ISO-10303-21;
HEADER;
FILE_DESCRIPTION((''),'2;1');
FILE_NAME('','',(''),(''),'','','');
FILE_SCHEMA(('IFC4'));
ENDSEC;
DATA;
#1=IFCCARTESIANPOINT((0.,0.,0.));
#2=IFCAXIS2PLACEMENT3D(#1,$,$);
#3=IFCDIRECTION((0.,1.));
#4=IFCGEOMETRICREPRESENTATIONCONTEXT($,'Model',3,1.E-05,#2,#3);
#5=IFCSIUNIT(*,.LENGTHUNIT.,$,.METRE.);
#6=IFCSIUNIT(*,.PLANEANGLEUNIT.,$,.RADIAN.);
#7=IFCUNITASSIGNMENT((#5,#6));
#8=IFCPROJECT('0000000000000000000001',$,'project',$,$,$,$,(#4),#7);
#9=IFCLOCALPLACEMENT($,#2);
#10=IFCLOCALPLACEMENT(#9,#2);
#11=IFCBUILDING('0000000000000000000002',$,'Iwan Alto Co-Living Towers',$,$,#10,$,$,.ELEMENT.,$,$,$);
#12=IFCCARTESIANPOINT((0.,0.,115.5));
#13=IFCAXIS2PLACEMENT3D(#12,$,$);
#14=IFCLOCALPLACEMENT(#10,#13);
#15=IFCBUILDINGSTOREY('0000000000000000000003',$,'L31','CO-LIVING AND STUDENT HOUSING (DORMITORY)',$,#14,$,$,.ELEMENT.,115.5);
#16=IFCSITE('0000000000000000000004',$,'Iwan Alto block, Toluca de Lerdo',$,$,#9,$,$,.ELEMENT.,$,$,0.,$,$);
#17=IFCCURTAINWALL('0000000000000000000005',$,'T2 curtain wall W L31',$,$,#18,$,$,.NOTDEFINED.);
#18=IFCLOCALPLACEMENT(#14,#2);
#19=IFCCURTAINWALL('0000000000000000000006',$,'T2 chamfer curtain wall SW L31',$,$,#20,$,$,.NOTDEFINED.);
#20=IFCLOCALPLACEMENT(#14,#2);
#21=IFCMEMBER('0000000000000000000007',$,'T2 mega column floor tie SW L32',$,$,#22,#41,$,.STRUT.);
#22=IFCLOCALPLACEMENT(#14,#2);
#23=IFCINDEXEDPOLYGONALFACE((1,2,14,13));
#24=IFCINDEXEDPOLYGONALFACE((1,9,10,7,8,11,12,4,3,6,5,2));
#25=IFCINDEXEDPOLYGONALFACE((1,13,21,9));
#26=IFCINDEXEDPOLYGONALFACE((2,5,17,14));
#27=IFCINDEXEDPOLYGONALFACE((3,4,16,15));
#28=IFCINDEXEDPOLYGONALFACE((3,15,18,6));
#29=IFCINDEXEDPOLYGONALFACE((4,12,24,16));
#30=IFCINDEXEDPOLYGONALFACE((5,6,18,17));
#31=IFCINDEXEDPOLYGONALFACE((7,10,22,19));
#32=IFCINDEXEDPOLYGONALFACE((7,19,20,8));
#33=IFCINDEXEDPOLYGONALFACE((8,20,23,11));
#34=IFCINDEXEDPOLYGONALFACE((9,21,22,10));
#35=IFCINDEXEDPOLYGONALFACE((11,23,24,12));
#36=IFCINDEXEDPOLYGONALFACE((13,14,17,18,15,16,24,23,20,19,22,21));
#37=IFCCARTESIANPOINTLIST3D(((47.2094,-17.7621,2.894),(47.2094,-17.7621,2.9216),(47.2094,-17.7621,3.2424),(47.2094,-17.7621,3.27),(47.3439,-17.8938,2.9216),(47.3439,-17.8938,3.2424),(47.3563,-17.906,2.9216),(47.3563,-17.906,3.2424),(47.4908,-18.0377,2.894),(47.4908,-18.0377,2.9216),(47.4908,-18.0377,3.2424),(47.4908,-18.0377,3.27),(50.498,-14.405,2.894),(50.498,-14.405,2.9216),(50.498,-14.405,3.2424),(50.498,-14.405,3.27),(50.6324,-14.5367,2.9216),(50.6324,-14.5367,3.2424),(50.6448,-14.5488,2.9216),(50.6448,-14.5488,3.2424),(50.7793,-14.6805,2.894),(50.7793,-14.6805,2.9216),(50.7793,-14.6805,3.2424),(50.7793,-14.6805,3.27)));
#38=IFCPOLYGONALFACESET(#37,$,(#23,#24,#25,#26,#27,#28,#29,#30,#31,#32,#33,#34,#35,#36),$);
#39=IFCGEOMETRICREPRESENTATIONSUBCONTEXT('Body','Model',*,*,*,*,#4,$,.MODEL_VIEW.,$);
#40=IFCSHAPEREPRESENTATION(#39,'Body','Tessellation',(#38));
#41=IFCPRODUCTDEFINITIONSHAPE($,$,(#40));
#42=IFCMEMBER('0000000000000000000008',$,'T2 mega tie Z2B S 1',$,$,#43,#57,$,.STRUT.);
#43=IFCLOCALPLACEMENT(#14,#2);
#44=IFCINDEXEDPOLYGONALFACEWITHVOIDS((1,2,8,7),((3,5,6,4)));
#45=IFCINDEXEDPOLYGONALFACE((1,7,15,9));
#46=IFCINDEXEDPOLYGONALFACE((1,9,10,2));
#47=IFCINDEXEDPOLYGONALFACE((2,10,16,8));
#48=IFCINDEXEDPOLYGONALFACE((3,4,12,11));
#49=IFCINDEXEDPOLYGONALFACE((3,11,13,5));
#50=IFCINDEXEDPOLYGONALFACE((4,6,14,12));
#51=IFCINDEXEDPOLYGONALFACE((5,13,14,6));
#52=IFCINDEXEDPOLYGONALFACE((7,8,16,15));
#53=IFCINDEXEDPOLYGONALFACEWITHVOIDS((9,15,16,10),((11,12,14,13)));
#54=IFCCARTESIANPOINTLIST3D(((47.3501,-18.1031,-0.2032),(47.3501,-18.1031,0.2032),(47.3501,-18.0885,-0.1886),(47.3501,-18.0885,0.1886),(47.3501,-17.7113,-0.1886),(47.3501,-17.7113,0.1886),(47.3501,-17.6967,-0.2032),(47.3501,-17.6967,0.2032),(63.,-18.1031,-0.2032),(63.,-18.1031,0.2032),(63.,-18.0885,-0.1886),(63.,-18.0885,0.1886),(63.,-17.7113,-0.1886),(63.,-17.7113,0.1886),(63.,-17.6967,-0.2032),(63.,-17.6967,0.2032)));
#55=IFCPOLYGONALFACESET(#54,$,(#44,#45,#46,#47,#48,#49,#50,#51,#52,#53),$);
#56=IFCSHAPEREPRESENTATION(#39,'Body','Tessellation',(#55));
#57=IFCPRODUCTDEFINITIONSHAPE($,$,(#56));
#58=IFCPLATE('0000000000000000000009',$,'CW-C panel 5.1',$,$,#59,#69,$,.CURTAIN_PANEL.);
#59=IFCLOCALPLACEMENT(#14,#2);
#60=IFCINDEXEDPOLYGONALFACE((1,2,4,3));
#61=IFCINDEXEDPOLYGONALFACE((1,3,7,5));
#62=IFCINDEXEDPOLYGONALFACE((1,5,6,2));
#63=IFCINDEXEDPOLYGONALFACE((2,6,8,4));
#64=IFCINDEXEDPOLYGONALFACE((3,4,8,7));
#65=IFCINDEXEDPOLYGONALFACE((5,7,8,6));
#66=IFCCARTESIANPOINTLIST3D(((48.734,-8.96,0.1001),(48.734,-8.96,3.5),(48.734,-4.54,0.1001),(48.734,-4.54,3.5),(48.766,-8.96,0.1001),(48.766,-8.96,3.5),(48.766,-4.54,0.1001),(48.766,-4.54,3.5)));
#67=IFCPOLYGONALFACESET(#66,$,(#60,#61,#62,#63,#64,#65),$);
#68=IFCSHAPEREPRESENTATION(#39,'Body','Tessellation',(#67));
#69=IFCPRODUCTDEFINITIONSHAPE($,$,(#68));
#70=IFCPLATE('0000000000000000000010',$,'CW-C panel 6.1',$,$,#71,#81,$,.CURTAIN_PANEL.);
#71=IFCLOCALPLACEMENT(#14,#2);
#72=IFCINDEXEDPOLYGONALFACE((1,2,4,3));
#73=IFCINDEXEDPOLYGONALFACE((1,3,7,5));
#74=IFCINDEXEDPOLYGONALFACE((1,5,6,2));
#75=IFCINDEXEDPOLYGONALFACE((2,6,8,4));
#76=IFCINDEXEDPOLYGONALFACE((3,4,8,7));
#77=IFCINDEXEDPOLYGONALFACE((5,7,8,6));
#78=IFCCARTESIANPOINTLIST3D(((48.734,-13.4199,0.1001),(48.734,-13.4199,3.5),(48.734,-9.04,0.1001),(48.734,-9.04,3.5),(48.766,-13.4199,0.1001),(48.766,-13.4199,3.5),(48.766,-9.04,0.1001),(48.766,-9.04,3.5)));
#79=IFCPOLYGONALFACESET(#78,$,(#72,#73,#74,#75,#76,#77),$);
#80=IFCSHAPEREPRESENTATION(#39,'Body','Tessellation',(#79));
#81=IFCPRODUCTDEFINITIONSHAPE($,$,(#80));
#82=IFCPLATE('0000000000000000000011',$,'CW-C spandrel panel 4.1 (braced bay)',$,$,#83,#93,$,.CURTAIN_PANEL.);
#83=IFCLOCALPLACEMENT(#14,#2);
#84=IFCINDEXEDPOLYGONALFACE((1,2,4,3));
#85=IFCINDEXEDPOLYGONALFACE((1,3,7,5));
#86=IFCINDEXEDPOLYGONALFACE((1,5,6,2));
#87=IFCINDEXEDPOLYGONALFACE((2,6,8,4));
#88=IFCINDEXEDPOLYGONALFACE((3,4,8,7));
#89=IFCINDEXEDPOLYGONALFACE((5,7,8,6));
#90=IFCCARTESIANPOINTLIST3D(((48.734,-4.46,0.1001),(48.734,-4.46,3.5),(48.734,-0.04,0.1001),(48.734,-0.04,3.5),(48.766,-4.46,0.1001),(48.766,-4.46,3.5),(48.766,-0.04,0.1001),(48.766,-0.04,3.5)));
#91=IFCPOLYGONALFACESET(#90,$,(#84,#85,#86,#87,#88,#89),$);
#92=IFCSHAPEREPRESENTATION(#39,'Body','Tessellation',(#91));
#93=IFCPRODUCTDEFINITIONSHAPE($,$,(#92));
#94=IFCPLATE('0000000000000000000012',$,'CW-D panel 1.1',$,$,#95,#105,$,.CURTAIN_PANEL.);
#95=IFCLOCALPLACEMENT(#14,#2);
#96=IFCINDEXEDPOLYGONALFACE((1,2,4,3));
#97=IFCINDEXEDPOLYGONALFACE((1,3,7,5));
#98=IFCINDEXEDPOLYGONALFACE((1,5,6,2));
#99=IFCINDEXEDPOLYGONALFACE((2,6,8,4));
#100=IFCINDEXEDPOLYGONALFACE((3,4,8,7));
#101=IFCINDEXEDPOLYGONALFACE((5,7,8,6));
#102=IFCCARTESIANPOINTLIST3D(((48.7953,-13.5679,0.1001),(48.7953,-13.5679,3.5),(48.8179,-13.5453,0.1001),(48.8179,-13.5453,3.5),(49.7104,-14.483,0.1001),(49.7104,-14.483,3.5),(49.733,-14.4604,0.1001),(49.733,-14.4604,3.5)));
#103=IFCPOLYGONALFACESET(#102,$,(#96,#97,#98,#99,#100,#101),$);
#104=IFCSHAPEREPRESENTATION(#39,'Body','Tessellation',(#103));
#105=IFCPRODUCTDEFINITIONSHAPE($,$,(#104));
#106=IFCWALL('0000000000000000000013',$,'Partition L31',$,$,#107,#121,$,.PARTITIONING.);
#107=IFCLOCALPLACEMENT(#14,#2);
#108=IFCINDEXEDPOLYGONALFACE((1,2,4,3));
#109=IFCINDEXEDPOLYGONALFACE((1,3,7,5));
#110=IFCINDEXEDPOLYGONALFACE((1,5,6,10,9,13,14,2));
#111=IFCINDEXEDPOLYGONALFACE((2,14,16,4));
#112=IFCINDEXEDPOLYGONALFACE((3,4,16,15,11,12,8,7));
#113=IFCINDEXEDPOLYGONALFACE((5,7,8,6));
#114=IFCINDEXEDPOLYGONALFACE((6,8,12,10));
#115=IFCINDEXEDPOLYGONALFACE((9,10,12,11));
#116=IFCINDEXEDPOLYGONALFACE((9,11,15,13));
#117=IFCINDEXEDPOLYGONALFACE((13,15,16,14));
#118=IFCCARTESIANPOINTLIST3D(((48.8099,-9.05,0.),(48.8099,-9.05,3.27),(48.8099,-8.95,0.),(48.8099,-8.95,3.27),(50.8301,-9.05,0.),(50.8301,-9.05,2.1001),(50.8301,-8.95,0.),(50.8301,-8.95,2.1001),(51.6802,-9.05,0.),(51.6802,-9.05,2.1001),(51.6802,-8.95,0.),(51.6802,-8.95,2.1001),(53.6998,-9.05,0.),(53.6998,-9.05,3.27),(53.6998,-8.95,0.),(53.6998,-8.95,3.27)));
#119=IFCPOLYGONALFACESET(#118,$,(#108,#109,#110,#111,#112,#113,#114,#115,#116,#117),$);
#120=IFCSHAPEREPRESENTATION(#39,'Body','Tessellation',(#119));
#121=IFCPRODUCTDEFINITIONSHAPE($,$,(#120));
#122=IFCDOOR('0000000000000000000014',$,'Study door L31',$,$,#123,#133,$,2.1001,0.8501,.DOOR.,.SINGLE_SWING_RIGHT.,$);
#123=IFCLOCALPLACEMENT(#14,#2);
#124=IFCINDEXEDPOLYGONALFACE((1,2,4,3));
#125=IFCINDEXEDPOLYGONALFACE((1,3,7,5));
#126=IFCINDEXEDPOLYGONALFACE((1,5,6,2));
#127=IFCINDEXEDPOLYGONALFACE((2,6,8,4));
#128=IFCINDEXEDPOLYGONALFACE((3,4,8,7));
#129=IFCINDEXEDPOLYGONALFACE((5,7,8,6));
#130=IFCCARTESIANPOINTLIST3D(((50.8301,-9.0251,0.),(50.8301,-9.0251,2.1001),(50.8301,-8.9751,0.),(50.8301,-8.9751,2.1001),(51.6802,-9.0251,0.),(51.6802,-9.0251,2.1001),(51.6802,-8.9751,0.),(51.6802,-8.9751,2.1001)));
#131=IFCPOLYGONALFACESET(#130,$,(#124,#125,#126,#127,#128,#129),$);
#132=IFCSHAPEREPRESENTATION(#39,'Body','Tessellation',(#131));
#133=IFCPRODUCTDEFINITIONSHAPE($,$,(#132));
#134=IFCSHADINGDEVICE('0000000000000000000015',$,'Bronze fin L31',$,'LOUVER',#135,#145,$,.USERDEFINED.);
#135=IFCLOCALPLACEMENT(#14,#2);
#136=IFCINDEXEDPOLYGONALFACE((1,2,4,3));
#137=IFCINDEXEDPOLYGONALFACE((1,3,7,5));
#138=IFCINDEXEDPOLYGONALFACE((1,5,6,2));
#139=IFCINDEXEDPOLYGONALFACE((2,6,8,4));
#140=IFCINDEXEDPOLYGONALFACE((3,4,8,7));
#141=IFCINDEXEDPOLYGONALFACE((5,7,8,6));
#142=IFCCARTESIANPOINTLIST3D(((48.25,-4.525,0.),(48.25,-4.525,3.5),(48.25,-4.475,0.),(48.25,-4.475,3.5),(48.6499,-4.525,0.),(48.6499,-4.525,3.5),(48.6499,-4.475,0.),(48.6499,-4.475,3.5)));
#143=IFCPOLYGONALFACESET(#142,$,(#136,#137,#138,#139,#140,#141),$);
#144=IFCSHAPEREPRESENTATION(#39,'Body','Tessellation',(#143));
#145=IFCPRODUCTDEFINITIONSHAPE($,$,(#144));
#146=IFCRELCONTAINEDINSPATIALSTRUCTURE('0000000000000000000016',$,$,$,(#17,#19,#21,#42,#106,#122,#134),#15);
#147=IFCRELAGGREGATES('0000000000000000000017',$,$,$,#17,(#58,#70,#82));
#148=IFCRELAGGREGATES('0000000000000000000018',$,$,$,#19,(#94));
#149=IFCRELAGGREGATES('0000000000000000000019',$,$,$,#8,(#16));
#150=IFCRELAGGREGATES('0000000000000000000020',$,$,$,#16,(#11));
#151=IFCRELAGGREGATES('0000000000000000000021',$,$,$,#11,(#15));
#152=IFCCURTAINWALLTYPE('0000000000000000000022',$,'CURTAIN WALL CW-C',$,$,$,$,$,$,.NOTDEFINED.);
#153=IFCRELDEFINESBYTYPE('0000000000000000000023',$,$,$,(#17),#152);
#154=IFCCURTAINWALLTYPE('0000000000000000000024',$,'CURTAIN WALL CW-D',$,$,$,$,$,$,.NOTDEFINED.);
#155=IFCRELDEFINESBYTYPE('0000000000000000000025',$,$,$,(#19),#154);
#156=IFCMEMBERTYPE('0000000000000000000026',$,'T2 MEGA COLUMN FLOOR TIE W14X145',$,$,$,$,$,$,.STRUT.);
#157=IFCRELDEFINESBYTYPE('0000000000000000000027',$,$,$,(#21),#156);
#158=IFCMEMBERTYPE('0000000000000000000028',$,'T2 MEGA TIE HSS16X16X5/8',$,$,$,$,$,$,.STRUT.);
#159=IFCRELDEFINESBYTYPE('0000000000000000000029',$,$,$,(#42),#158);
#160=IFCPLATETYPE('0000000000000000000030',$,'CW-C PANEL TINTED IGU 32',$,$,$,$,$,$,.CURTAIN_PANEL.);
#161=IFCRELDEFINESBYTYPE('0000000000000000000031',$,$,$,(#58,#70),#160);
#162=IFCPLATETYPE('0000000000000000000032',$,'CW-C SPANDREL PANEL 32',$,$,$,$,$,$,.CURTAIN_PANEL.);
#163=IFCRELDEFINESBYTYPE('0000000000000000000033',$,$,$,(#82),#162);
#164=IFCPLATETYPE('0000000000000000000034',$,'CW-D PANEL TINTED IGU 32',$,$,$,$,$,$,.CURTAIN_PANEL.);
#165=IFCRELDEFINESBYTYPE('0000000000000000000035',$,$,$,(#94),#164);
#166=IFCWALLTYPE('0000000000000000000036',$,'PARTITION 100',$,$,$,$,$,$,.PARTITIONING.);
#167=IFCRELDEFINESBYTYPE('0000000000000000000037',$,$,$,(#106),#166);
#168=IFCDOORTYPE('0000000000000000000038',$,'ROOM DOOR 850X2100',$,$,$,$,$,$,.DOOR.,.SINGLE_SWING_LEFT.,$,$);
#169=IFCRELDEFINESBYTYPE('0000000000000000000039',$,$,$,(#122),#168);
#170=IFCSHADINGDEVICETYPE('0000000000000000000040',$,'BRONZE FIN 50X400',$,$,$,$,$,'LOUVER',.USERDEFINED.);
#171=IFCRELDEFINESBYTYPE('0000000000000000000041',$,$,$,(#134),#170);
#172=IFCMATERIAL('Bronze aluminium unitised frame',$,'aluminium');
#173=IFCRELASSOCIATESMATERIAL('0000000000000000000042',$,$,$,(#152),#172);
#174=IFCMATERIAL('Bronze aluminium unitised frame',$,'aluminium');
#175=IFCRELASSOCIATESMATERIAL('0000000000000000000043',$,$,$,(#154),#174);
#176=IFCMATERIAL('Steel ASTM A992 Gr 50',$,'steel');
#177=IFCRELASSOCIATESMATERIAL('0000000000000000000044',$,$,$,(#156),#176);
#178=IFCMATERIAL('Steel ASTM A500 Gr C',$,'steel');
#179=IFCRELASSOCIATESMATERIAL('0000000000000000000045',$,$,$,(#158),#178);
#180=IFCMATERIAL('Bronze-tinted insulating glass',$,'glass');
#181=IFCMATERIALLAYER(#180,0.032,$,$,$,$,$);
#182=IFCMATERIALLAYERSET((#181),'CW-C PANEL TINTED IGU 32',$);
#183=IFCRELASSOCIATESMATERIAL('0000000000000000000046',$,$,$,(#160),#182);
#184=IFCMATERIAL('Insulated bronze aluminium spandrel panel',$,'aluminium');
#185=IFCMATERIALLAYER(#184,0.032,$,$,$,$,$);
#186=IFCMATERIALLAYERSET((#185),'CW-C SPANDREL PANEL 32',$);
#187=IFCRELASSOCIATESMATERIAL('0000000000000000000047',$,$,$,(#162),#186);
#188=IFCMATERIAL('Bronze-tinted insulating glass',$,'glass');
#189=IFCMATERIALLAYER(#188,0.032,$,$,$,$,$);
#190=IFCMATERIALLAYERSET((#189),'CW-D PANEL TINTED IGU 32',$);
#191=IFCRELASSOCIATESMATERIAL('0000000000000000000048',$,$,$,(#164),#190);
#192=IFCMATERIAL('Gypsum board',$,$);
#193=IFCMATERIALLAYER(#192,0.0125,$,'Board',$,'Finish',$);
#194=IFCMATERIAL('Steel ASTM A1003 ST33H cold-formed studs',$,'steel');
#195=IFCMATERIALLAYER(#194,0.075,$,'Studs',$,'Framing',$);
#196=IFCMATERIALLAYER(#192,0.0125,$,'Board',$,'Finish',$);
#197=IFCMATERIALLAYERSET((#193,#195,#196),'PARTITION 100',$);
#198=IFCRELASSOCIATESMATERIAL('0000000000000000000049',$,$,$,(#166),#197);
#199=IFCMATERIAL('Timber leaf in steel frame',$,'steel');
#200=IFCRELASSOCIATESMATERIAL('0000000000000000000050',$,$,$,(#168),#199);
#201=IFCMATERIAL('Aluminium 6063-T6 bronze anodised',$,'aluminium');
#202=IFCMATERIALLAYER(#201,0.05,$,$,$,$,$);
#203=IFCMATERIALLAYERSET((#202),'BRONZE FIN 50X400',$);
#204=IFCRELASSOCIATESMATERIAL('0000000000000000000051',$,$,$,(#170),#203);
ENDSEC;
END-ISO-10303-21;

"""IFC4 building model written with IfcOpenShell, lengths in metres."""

from ifc_helpers import new_model, si_unit, direction, frame, frame_2d, origin, origin_2d, place, context, subcontext, project, spatial, rectangle, hollow_rectangle, i_section, extrude, material, layer, layer_set, material_profile, profile_set, type_object, element, fill, aggregate, save


model = new_model("IFC4")

# Units and contexts
model_context = context("Model", 3, precision=1e-05, world=origin(), true_north=direction((0.0, 1.0)))
body_context = subcontext(model_context, "Body", "Model", "MODEL_VIEW")
ifc_project = project(units=[si_unit("LENGTHUNIT", "METRE"), si_unit("PLANEANGLEUNIT", "RADIAN")], contexts=[model_context])

# Site, building, storey
site_placement = place(None, origin())
site = spatial("IfcSite", under=ifc_project, at=site_placement, Name="Iwan Alto block, Toluca de Lerdo", CompositionType="ELEMENT", RefElevation=0.0)
building_placement = place(site_placement, origin())
building = spatial("IfcBuilding", under=site, at=building_placement, Name="Iwan Alto Co-Living Towers", CompositionType="ELEMENT")
storey_placement = place(building_placement, frame((0.0, 0.0, 115.5)))
storey = spatial("IfcBuildingStorey", under=building, at=storey_placement, Name="L31", Description="CO-LIVING AND STUDENT HOUSING (DORMITORY)", CompositionType="ELEMENT", Elevation=115.5)

# Curtain walls
ifc_material_1 = material(Name="Bronze aluminium unitised frame", Category="aluminium")
curtain_wall_type_1 = type_object("IfcCurtainWallType", Name="CURTAIN WALL CW-C", PredefinedType="NOTDEFINED", material=ifc_material_1)
curtain_wall_1_placement = place(storey_placement, origin())
curtain_wall_1 = element("IfcCurtainWall", 1, at=curtain_wall_1_placement, inside=storey, type_object=curtain_wall_type_1, Name="T2 curtain wall W L31", PredefinedType="NOTDEFINED")
ifc_material_2 = material(Name="Bronze aluminium unitised frame", Category="aluminium")
curtain_wall_type_2 = type_object("IfcCurtainWallType", Name="CURTAIN WALL CW-D", PredefinedType="NOTDEFINED", material=ifc_material_2)
curtain_wall_2_placement = place(storey_placement, origin())
curtain_wall_2 = element("IfcCurtainWall", 2, at=curtain_wall_2_placement, inside=storey, type_object=curtain_wall_type_2, Name="T2 chamfer curtain wall SW L31", PredefinedType="NOTDEFINED")

# Members
ifc_material_3 = material(Name="Steel ASTM A992 Gr 50", Category="steel")
ifc_material_profile_1 = material_profile(ifc_material_3, i_section(OverallWidth=0.3938, OverallDepth=0.376, WebThickness=0.0173, FlangeThickness=0.0276, at=origin_2d()), Name="W14X145")
ifc_profile_set_1 = profile_set([ifc_material_profile_1], Name="Steel ASTM A992 Gr 50")
member_type_1 = type_object("IfcMemberType", Name="T2 MEGA COLUMN FLOOR TIE W14X145", PredefinedType="STRUT", material=ifc_profile_set_1)
member_1_placement = place(storey_placement, frame((47.3501, -17.8999, 3.082), z_axis=(0.69977, 0.714368, 0.0), x_axis=(-0.714368, 0.69977, 0.0)))
element("IfcMember", 3, at=member_1_placement, inside=storey, type_object=member_type_1, Name="T2 mega column floor tie SW L32", PredefinedType="STRUT", context=body_context, shape_type="SweptSolid", body=[
    extrude(i_section(OverallWidth=0.3938, OverallDepth=0.376, WebThickness=0.0173, FlangeThickness=0.0276, at=origin_2d()), origin(), (0.0, 0.0, 1.0), 4.6995),
])
ifc_material_4 = material(Name="Steel ASTM A500 Gr C", Category="steel")
ifc_material_profile_2 = material_profile(ifc_material_4, hollow_rectangle(XDim=0.4065, YDim=0.4065, WallThickness=0.0146, at=origin_2d()), Name="HSS16X16X5/8")
ifc_profile_set_2 = profile_set([ifc_material_profile_2], Name="Steel ASTM A500 Gr C")
member_type_2 = type_object("IfcMemberType", Name="T2 MEGA TIE HSS16X16X5/8", PredefinedType="STRUT", material=ifc_profile_set_2)
member_2_placement = place(storey_placement, frame((47.3501, -17.8999, 0.0), z_axis=(1.0, 0.0, 0.0), x_axis=(0.0, 1.0, 0.0)))
element("IfcMember", 4, at=member_2_placement, inside=storey, type_object=member_type_2, Name="T2 mega tie Z2B S 1", PredefinedType="STRUT", context=body_context, shape_type="SweptSolid", body=[
    extrude(hollow_rectangle(XDim=0.4065, YDim=0.4065, WallThickness=0.0146, at=origin_2d()), origin(), (0.0, 0.0, 1.0), 15.6499),
])

# Plates
ifc_material_5 = material(Name="Bronze-tinted insulating glass", Category="glass")
ifc_layer_1 = layer(ifc_material_5, 0.032)
ifc_layer_set_1 = layer_set([ifc_layer_1], Name="CW-C PANEL TINTED IGU 32")
plate_type_1 = type_object("IfcPlateType", Name="CW-C PANEL TINTED IGU 32", PredefinedType="CURTAIN_PANEL", material=ifc_layer_set_1)
plate_1_placement = place(storey_placement, frame((48.75, -6.75, 0.1001), z_axis=(0.0, 0.0, 1.0), x_axis=(0.0, -1.0, 0.0)))
plate_1 = element("IfcPlate", 5, at=plate_1_placement, type_object=plate_type_1, Name="CW-C panel 5.1", PredefinedType="CURTAIN_PANEL", context=body_context, shape_type="SweptSolid", body=[
    extrude(rectangle(XDim=4.4199, YDim=0.032, at=origin_2d()), origin(), (0.0, 0.0, 1.0), 3.3999),
])
plate_2_placement = place(storey_placement, frame((48.75, -11.23, 0.1001), z_axis=(0.0, 0.0, 1.0), x_axis=(0.0, -1.0, 0.0)))
plate_2 = element("IfcPlate", 6, at=plate_2_placement, type_object=plate_type_1, Name="CW-C panel 6.1", PredefinedType="CURTAIN_PANEL", context=body_context, shape_type="SweptSolid", body=[
    extrude(rectangle(XDim=4.3799, YDim=0.032, at=origin_2d()), origin(), (0.0, 0.0, 1.0), 3.3999),
])
ifc_material_6 = material(Name="Insulated bronze aluminium spandrel panel", Category="aluminium")
ifc_layer_2 = layer(ifc_material_6, 0.032)
ifc_layer_set_2 = layer_set([ifc_layer_2], Name="CW-C SPANDREL PANEL 32")
plate_type_2 = type_object("IfcPlateType", Name="CW-C SPANDREL PANEL 32", PredefinedType="CURTAIN_PANEL", material=ifc_layer_set_2)
plate_3_placement = place(storey_placement, frame((48.75, -2.25, 0.1001), z_axis=(0.0, 0.0, 1.0), x_axis=(0.0, -1.0, 0.0)))
plate_3 = element("IfcPlate", 7, at=plate_3_placement, type_object=plate_type_2, Name="CW-C spandrel panel 4.1 (braced bay)", PredefinedType="CURTAIN_PANEL", context=body_context, shape_type="SweptSolid", body=[
    extrude(rectangle(XDim=4.4199, YDim=0.032, at=origin_2d()), origin(), (0.0, 0.0, 1.0), 3.3999),
])
aggregate(curtain_wall_1, [plate_1, plate_2, plate_3])
ifc_material_7 = material(Name="Bronze-tinted insulating glass", Category="glass")
ifc_layer_3 = layer(ifc_material_7, 0.032)
ifc_layer_set_3 = layer_set([ifc_layer_3], Name="CW-D PANEL TINTED IGU 32")
plate_type_3 = type_object("IfcPlateType", Name="CW-D PANEL TINTED IGU 32", PredefinedType="CURTAIN_PANEL", material=ifc_layer_set_3)
plate_4_placement = place(storey_placement, frame((49.2642, -14.0142, 0.1001), z_axis=(0.0, 0.0, 1.0), x_axis=(0.707107, -0.707107, 0.0)))
plate_4 = element("IfcPlate", 8, at=plate_4_placement, type_object=plate_type_3, Name="CW-D panel 1.1", PredefinedType="CURTAIN_PANEL", context=body_context, shape_type="SweptSolid", body=[
    extrude(rectangle(XDim=1.2942, YDim=0.032, at=origin_2d()), origin(), (0.0, 0.0, 1.0), 3.3999),
])
aggregate(curtain_wall_2, [plate_4])

# Wall, opening, door
ifc_material_8 = material(Name="Gypsum board")
ifc_layer_4 = layer(ifc_material_8, 0.0125, Name="Board", Category="Finish")
ifc_material_9 = material(Name="Steel ASTM A1003 ST33H cold-formed studs", Category="steel")
ifc_layer_5 = layer(ifc_material_9, 0.075, Name="Studs", Category="Framing")
ifc_layer_6 = layer(ifc_material_8, 0.0125, Name="Board", Category="Finish")
ifc_layer_set_4 = layer_set([ifc_layer_4, ifc_layer_5, ifc_layer_6], Name="PARTITION 100")
wall_type = type_object("IfcWallType", Name="PARTITION 100", PredefinedType="PARTITIONING", material=ifc_layer_set_4)
wall_placement = place(storey_placement, frame((48.8101, -9.0, 0.0), z_axis=(0.0, 0.0, 1.0), x_axis=(1.0, 0.0, 0.0)))
wall = element("IfcWall", 9, at=wall_placement, inside=storey, type_object=wall_type, Name="Partition L31", PredefinedType="PARTITIONING", context=body_context, shape_type="SweptSolid", body=[
    extrude(rectangle(XDim=4.8899, YDim=0.1001, at=frame_2d((2.4448, 0.0))), origin(), (0.0, 0.0, 1.0), 3.27),
])
opening_placement = place(wall_placement, frame((2.02, 0.0, 0.0)))
opening = element("IfcOpeningElement", 10, at=opening_placement, cuts=wall, PredefinedType="OPENING", context=body_context, shape_type="SweptSolid", body=[
    extrude(rectangle(XDim=0.8501, YDim=2.1001, at=frame_2d((0.425, 1.05))), frame((0.0, 0.0601, 0.0), z_axis=(0.0, -1.0, 0.0), x_axis=(1.0, 0.0, 0.0)), (0.0, 0.0, 1.0), 0.1201),
])
ifc_material_10 = material(Name="Timber leaf in steel frame", Category="steel")
door_type = type_object("IfcDoorType", Name="ROOM DOOR 850X2100", OperationType="SINGLE_SWING_LEFT", PredefinedType="DOOR", material=ifc_material_10)
door_placement = place(opening_placement, origin())
door = element("IfcDoor", 11, at=door_placement, inside=storey, type_object=door_type, Name="Study door L31", OperationType="SINGLE_SWING_RIGHT", OverallHeight=2.1001, OverallWidth=0.8501, PredefinedType="DOOR", context=body_context, shape_type="SweptSolid", body=[
    extrude(rectangle(XDim=0.8501, YDim=2.1001, at=frame_2d((0.425, 1.05))), frame((0.0, 0.0249, 0.0), z_axis=(0.0, -1.0, 0.0), x_axis=(1.0, 0.0, 0.0)), (0.0, 0.0, 1.0), 0.05),
])
fill(opening, door)

# Shading device
ifc_material_11 = material(Name="Aluminium 6063-T6 bronze anodised", Category="aluminium")
ifc_layer_7 = layer(ifc_material_11, 0.05)
ifc_layer_set_5 = layer_set([ifc_layer_7], Name="BRONZE FIN 50X400")
shading_device_type = type_object("IfcShadingDeviceType", Name="BRONZE FIN 50X400", ElementType="LOUVER", PredefinedType="USERDEFINED", material=ifc_layer_set_5)
shading_device_placement = place(storey_placement, frame((48.45, -4.5, 0.0), z_axis=(0.0, 0.0, 1.0), x_axis=(0.0, -1.0, 0.0)))
element("IfcShadingDevice", 12, at=shading_device_placement, inside=storey, type_object=shading_device_type, Name="Bronze fin L31", ObjectType="LOUVER", PredefinedType="USERDEFINED", context=body_context, shape_type="SweptSolid", body=[
    extrude(rectangle(XDim=0.05, YDim=0.3999, at=origin_2d()), origin(), (0.0, 0.0, 1.0), 3.5),
])

save(model, "model.ifc")
